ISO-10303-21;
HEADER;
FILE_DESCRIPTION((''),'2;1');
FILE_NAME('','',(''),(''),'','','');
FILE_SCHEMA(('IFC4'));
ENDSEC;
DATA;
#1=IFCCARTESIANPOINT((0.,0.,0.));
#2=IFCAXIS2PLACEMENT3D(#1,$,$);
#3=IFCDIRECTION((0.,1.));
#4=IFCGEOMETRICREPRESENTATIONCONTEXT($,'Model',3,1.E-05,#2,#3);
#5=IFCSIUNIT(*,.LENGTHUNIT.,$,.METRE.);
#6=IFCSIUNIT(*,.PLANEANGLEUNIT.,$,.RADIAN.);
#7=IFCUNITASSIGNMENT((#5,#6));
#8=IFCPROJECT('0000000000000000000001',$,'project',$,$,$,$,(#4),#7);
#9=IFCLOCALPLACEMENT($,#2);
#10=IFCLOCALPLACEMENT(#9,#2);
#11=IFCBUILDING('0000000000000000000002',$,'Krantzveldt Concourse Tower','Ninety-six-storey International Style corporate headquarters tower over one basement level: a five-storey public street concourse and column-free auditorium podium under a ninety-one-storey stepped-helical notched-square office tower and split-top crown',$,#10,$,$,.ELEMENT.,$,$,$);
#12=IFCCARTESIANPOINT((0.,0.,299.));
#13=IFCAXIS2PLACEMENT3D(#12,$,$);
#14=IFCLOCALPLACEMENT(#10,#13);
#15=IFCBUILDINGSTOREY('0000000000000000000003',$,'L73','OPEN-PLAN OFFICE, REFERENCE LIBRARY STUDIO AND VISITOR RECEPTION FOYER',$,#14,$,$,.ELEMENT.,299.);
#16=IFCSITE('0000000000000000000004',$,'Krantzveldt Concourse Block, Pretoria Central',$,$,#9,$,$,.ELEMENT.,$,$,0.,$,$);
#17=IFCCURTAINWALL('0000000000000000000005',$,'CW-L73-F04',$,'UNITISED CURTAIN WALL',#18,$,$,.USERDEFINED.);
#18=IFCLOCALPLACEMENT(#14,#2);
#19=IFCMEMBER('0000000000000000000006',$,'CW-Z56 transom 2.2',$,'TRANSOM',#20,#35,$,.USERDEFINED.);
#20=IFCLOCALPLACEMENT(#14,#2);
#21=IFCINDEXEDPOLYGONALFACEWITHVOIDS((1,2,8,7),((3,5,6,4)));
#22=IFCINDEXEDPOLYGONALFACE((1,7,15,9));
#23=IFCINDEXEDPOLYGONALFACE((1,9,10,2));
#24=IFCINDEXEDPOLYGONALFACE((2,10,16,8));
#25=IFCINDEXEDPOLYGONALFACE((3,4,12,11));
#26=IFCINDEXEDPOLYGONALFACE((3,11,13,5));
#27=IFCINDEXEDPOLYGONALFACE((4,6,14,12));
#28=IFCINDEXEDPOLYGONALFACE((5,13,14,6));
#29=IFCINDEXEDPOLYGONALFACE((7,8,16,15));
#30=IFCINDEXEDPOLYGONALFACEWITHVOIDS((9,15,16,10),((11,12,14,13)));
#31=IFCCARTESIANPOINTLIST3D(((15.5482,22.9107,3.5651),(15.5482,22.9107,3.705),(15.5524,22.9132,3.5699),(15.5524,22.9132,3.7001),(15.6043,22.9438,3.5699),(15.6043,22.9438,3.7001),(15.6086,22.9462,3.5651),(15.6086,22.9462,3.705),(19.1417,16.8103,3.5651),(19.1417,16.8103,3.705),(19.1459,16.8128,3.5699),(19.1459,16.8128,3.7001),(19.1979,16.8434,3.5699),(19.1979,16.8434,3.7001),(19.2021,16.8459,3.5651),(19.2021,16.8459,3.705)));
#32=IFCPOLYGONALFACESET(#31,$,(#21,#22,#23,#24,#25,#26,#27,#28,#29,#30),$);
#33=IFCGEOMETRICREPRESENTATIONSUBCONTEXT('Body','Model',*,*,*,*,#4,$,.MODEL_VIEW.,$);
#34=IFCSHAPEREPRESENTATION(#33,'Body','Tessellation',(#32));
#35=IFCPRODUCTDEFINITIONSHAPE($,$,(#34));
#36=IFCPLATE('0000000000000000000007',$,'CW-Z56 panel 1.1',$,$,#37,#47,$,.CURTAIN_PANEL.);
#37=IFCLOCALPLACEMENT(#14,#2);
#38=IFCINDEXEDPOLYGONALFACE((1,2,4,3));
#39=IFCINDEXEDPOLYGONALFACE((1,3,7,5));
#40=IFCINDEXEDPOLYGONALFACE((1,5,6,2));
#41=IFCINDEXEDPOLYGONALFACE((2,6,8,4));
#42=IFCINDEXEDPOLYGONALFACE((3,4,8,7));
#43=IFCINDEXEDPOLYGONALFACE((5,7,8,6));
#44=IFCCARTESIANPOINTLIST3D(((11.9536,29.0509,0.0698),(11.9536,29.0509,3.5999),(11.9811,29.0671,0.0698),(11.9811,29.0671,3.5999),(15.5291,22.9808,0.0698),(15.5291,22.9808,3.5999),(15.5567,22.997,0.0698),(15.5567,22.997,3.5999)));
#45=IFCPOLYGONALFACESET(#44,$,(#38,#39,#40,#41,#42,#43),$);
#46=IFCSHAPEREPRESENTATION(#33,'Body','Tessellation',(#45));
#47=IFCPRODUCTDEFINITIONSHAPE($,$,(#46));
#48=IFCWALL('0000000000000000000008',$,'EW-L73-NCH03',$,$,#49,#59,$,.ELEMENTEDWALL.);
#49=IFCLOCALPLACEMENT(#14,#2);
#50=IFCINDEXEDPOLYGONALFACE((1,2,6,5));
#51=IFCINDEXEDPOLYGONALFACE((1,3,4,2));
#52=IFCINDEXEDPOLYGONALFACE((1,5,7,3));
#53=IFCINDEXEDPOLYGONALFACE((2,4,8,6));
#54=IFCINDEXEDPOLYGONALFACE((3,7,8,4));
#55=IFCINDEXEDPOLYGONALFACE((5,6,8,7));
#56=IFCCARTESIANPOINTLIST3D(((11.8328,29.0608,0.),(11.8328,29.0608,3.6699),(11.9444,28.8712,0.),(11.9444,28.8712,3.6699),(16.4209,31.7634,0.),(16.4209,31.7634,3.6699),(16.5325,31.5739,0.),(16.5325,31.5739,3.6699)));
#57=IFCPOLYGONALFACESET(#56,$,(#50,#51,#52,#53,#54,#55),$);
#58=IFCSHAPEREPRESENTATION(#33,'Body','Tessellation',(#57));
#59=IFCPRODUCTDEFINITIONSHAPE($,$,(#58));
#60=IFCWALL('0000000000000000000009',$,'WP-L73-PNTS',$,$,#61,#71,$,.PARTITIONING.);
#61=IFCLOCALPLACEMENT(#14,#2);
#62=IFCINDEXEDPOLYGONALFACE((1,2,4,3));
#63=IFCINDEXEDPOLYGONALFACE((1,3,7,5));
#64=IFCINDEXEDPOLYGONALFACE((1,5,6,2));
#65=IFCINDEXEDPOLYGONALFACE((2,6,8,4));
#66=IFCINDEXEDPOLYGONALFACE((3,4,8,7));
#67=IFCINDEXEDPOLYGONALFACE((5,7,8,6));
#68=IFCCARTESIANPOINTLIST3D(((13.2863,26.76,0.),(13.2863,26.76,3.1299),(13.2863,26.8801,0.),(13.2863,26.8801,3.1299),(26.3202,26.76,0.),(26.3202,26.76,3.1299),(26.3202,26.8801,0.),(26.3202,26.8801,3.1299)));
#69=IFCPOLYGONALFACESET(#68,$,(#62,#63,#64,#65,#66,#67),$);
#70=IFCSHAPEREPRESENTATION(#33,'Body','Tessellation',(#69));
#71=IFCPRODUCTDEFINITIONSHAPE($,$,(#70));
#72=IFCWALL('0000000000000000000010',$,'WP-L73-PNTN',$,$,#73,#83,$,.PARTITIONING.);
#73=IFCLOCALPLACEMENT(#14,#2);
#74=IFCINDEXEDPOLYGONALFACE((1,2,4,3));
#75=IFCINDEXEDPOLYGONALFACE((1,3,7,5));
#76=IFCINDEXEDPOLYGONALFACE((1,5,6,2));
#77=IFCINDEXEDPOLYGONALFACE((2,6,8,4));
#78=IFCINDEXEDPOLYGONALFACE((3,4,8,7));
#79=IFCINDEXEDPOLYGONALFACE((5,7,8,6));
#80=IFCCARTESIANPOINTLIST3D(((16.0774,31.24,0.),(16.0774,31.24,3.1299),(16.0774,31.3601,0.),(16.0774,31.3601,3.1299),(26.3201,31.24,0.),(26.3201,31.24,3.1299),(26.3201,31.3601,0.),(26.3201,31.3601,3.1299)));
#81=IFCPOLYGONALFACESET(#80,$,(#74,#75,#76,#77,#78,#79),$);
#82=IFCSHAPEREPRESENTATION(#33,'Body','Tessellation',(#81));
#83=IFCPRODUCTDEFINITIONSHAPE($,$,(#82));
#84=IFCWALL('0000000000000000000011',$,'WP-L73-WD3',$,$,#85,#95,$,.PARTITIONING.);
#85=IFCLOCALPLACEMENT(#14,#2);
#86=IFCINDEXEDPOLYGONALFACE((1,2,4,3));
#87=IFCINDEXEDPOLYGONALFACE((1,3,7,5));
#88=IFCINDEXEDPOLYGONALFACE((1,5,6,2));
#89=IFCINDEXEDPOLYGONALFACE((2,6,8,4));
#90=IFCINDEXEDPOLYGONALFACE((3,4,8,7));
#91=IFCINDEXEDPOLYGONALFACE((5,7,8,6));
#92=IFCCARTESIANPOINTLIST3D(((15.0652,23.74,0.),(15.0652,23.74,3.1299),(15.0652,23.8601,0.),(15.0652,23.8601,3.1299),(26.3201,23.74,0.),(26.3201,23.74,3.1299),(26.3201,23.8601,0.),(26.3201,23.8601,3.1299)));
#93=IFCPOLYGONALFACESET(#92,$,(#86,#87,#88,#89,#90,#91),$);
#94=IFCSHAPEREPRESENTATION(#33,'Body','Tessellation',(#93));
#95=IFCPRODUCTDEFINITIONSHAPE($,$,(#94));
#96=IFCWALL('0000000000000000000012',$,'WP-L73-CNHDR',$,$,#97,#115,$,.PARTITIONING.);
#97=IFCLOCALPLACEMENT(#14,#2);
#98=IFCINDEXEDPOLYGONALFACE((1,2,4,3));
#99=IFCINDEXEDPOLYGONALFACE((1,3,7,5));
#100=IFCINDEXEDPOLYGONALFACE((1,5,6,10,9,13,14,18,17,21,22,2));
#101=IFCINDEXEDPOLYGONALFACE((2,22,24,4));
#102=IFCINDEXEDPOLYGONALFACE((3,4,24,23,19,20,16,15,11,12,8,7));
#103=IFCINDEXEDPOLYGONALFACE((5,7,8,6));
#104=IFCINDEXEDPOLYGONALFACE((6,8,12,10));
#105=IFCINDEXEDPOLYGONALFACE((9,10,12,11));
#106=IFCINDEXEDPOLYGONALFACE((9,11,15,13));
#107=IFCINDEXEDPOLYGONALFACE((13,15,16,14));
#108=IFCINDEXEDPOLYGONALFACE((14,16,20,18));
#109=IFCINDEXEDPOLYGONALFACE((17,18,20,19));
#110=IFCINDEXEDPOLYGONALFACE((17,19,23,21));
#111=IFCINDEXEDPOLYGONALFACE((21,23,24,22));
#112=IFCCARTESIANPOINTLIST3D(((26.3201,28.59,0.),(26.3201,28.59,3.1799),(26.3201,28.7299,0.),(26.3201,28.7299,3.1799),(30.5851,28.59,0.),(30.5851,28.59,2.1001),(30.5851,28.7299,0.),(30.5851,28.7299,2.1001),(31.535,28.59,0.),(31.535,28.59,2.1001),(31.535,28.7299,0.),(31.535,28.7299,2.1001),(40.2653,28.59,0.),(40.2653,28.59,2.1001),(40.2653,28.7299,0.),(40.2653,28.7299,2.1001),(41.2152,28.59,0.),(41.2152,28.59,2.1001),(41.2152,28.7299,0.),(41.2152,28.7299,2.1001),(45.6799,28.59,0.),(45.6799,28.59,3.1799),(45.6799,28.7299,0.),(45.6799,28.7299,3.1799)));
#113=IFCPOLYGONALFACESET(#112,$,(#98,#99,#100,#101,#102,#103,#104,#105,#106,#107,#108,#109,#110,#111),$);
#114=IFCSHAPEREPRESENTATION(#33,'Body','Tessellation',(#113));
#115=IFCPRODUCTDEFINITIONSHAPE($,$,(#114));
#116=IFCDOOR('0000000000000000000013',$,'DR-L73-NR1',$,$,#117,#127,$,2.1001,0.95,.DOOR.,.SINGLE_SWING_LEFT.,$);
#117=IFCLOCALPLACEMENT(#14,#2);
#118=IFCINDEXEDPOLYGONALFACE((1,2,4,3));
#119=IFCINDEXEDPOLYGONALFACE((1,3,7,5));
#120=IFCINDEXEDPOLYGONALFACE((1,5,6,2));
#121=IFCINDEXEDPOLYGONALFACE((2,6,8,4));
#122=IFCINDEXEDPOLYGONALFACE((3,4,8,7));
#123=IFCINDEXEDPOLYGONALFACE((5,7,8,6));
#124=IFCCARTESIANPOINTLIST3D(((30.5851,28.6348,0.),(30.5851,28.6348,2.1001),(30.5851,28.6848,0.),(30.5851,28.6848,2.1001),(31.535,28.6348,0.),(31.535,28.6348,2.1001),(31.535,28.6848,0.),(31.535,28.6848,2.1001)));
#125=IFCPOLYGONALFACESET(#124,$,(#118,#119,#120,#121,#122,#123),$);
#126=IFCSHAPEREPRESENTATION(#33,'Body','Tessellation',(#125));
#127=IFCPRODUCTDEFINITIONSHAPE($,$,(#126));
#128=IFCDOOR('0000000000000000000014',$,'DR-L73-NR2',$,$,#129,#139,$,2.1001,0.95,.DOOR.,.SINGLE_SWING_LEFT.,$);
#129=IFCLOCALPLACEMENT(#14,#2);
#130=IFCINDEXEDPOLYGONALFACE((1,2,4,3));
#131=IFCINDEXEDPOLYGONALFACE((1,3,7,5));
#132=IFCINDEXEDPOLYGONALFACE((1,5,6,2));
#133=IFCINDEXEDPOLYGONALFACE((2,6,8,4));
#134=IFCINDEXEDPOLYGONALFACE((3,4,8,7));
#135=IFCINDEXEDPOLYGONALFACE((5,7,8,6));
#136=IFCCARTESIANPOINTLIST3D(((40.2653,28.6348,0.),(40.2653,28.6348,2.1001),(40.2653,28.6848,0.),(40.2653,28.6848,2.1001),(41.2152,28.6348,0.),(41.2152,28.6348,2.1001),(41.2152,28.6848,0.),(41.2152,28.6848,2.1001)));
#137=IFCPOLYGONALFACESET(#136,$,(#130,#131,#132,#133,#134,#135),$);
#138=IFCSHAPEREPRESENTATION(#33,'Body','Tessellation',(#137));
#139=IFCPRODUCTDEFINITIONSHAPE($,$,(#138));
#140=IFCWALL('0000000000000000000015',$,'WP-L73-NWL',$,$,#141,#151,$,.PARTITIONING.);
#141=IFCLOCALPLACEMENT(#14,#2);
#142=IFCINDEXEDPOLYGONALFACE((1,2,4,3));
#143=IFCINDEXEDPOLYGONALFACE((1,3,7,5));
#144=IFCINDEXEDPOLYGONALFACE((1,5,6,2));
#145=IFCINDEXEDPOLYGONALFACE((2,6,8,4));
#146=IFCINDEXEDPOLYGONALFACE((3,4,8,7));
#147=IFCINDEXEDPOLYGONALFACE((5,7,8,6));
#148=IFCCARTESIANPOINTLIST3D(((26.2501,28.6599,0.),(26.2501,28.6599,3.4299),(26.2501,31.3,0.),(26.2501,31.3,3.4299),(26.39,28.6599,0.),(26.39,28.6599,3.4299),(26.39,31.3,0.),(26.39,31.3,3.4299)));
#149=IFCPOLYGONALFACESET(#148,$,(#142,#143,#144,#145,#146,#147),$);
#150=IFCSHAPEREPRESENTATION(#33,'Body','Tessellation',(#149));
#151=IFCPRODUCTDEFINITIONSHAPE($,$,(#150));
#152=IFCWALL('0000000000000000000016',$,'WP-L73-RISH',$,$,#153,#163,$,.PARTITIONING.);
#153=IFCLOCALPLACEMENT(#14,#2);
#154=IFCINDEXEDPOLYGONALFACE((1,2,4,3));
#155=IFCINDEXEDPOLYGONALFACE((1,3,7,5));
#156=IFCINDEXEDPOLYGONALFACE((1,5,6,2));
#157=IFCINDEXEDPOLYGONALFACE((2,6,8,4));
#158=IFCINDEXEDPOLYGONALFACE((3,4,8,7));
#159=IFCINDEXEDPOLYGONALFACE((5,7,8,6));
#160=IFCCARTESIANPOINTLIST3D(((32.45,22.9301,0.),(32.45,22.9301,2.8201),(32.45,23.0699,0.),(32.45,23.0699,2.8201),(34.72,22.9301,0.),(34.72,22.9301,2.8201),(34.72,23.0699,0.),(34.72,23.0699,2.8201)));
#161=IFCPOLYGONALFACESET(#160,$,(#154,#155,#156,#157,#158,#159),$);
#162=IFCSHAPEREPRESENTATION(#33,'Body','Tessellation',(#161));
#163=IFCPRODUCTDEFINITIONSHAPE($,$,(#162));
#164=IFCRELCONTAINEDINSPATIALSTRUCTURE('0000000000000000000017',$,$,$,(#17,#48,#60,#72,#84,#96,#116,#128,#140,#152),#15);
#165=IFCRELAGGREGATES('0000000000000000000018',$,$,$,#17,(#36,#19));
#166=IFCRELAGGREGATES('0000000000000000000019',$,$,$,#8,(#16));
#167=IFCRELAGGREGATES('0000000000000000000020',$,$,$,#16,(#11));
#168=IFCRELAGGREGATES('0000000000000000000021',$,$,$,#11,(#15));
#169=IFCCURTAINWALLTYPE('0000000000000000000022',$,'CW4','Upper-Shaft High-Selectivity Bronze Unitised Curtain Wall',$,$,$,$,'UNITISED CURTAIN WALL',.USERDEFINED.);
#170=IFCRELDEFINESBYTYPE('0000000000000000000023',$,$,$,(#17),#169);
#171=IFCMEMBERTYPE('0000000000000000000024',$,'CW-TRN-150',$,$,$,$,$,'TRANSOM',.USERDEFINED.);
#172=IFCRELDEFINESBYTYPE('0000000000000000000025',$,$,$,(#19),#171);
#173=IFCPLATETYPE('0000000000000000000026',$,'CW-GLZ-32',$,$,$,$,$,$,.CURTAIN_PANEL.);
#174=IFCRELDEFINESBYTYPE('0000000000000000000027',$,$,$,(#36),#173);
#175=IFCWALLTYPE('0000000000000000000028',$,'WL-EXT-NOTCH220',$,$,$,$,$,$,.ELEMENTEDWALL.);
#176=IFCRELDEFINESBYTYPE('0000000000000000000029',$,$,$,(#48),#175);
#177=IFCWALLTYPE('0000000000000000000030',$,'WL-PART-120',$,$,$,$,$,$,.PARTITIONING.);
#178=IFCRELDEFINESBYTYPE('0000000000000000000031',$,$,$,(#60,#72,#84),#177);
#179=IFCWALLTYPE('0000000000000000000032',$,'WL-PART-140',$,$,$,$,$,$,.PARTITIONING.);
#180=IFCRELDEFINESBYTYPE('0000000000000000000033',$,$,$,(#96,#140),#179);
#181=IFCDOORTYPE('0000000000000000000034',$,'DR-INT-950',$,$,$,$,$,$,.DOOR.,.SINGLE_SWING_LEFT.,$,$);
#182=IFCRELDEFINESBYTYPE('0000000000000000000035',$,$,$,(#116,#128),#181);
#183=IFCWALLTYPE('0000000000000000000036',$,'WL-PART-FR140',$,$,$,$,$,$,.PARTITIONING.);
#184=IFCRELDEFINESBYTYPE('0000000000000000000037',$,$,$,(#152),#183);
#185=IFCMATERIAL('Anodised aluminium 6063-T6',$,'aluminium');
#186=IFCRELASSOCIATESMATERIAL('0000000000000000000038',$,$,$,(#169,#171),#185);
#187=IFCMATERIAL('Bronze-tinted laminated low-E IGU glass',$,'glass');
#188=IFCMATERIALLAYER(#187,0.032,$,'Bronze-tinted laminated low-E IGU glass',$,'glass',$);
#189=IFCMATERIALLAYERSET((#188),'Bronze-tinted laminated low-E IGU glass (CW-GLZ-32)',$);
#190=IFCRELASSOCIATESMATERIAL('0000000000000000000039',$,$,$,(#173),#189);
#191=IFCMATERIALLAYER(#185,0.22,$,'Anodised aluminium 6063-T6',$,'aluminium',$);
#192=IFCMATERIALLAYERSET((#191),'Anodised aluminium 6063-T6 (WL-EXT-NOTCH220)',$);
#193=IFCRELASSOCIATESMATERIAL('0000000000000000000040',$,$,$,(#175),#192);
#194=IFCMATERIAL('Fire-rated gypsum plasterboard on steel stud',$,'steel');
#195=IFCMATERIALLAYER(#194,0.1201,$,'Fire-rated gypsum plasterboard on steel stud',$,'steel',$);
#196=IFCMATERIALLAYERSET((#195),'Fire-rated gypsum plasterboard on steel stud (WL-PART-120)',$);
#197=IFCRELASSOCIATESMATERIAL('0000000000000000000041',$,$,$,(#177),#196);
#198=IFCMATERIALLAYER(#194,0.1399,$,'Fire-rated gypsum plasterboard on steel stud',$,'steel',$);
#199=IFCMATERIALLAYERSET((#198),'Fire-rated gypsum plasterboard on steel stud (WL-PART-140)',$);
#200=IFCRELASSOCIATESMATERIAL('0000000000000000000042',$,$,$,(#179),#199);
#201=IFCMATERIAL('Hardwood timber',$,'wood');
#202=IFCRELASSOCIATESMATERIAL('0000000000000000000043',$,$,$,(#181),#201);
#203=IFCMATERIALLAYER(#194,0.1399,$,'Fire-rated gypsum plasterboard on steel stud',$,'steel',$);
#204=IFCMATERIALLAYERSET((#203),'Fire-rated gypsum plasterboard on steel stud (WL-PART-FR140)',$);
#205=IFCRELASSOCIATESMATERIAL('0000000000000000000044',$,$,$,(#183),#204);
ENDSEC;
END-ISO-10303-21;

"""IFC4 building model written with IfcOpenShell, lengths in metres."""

from ifc_helpers import new_model, si_unit, direction, frame, frame_2d, origin, origin_2d, place, context, subcontext, project, spatial, rectangle, hollow_rectangle, extrude, source, transform, mapped, material, layer, layer_set, material_profile, profile_set, type_object, type_shapes, element, fill, aggregate, save


model = new_model("IFC4")

# Units and contexts
model_context = context("Model", 3, precision=1e-05, world=origin(), true_north=direction((0.0, 1.0)))
body_context = subcontext(model_context, "Body", "Model", "MODEL_VIEW")
ifc_project = project(units=[si_unit("LENGTHUNIT", "METRE"), si_unit("PLANEANGLEUNIT", "RADIAN")], contexts=[model_context])

# Site, building, storey
site_placement = place(None, origin())
site = spatial("IfcSite", under=ifc_project, at=site_placement, Name="Krantzveldt Concourse Block, Pretoria Central", CompositionType="ELEMENT", RefElevation=0.0)
building_placement = place(site_placement, origin())
building = spatial("IfcBuilding", under=site, at=building_placement, Name="Krantzveldt Concourse Tower", Description="Ninety-six-storey International Style corporate headquarters tower over one basement level: a five-storey public street concourse and column-free auditorium podium under a ninety-one-storey stepped-helical notched-square office tower and split-top crown", CompositionType="ELEMENT")
storey_placement = place(building_placement, frame((0.0, 0.0, 299.0)))
storey = spatial("IfcBuildingStorey", under=building, at=storey_placement, Name="L73", Description="OPEN-PLAN OFFICE, REFERENCE LIBRARY STUDIO AND VISITOR RECEPTION FOYER", CompositionType="ELEMENT", Elevation=299.0)

# Curtain wall, member, plate
ifc_material_1 = material(Name="Anodised aluminium 6063-T6", Category="aluminium")
curtain_wall_type = type_object("IfcCurtainWallType", Name="CW4", Description="Upper-Shaft High-Selectivity Bronze Unitised Curtain Wall", ElementType="UNITISED CURTAIN WALL", PredefinedType="USERDEFINED", material=ifc_material_1)
curtain_wall_placement = place(storey_placement, origin())
curtain_wall = element("IfcCurtainWall", 1, at=curtain_wall_placement, inside=storey, type_object=curtain_wall_type, Name="CW-L73-F04", ObjectType="UNITISED CURTAIN WALL", PredefinedType="USERDEFINED")
ifc_material_profile_1 = material_profile(ifc_material_1, hollow_rectangle(XDim=0.0701, YDim=0.1399, WallThickness=0.0049, at=origin_2d()), Name="Anodised aluminium 6063-T6", Category="aluminium")
ifc_profile_set_1 = profile_set([ifc_material_profile_1], Name="Anodised aluminium 6063-T6 - ALU-TRAN 140x70x5")
member_type_1 = type_object("IfcMemberType", Name="CW-TRN-150", ElementType="TRANSOM", PredefinedType="USERDEFINED", material=ifc_profile_set_1)
shared_shape_1 = source(origin(), body_context, "Body", "SweptSolid", [
    extrude(hollow_rectangle(XDim=0.0701, YDim=0.1399, WallThickness=0.0049, at=origin_2d()), origin(), (0.0, 0.0, 1.0), 7.0801),
])
member_1_placement = place(storey_placement, frame((15.5784, 22.9285, 3.635), z_axis=(0.507552, -0.861621, 0.0), x_axis=(0.861621, 0.507552, 0.0)))
member_1 = element("IfcMember", 2, at=member_1_placement, type_object=member_type_1, Name="CW-Z56 transom 2.2", ObjectType="TRANSOM", PredefinedType="USERDEFINED", context=body_context, shape_type="MappedRepresentation", body=[
    mapped(shared_shape_1, transform((0.0, 0.0, 0.0), x_axis=(1.0, 0.0, 0.0), y_axis=(0.0, 1.0, 0.0), z_axis=(0.0, 0.0, 1.0), scale=1.0)),
])
ifc_material_2 = material(Name="Bronze-tinted laminated low-E IGU glass", Category="glass")
ifc_layer_1 = layer(ifc_material_2, 0.032, Name="Bronze-tinted laminated low-E IGU glass", Category="glass")
ifc_layer_set_1 = layer_set([ifc_layer_1], Name="Bronze-tinted laminated low-E IGU glass (CW-GLZ-32)")
plate_type = type_object("IfcPlateType", Name="CW-GLZ-32", PredefinedType="CURTAIN_PANEL", material=ifc_layer_set_1)
shared_shape_2 = source(origin(), body_context, "Body", "SweptSolid", [
    extrude(rectangle(XDim=7.0449, YDim=0.032, at=origin_2d()), origin(), (0.0, 0.0, 1.0), 3.53),
])
type_shapes(plate_type, [shared_shape_2])
plate_placement = place(storey_placement, frame((13.7551, 26.0239, 0.0698), z_axis=(0.0, 0.0, 1.0), x_axis=(0.507538, -0.861629, 0.0)))
plate = element("IfcPlate", 3, at=plate_placement, type_object=plate_type, Name="CW-Z56 panel 1.1", PredefinedType="CURTAIN_PANEL", context=body_context, shape_type="MappedRepresentation", body=[
    mapped(shared_shape_2, transform((0.0, 0.0, 0.0), x_axis=(1.0, 0.0, 0.0), y_axis=(0.0, 1.0, 0.0), z_axis=(0.0, 0.0, 1.0), scale=1.0)),
])
aggregate(curtain_wall, [plate, member_1])

# Walls
ifc_layer_2 = layer(ifc_material_1, 0.22, Name="Anodised aluminium 6063-T6", Category="aluminium")
ifc_layer_set_2 = layer_set([ifc_layer_2], Name="Anodised aluminium 6063-T6 (WL-EXT-NOTCH220)")
wall_type_1 = type_object("IfcWallType", Name="WL-EXT-NOTCH220", PredefinedType="ELEMENTEDWALL", material=ifc_layer_set_2)
wall_1_placement = place(storey_placement, frame((16.4768, 31.6687, 0.0), z_axis=(0.0, 0.0, 1.0), x_axis=(-0.861628, -0.507541, 0.0)))
element("IfcWall", 4, at=wall_1_placement, inside=storey, type_object=wall_type_1, Name="EW-L73-NCH03", PredefinedType="ELEMENTEDWALL", context=body_context, shape_type="SweptSolid", body=[
    extrude(rectangle(XDim=5.325, YDim=0.22, at=frame_2d((2.6626, 0.0))), origin(), (0.0, 0.0, 1.0), 3.6699),
])
ifc_material_3 = material(Name="Fire-rated gypsum plasterboard on steel stud", Category="steel")
ifc_layer_3 = layer(ifc_material_3, 0.1201, Name="Fire-rated gypsum plasterboard on steel stud", Category="steel")
ifc_layer_set_3 = layer_set([ifc_layer_3], Name="Fire-rated gypsum plasterboard on steel stud (WL-PART-120)")
wall_type_2 = type_object("IfcWallType", Name="WL-PART-120", PredefinedType="PARTITIONING", material=ifc_layer_set_3)
wall_2_placement = place(storey_placement, frame((13.2861, 26.8201, 0.0), z_axis=(0.0, 0.0, 1.0), x_axis=(1.0, 0.0, 0.0)))
element("IfcWall", 5, at=wall_2_placement, inside=storey, type_object=wall_type_2, Name="WP-L73-PNTS", PredefinedType="PARTITIONING", context=body_context, shape_type="SweptSolid", body=[
    extrude(rectangle(XDim=13.0339, YDim=0.1201, at=frame_2d((6.5171, 0.0))), origin(), (0.0, 0.0, 1.0), 3.1299),
])
wall_3_placement = place(storey_placement, frame((16.0774, 31.3, 0.0), z_axis=(0.0, 0.0, 1.0), x_axis=(1.0, 0.0, 0.0)))
element("IfcWall", 6, at=wall_3_placement, inside=storey, type_object=wall_type_2, Name="WP-L73-PNTN", PredefinedType="PARTITIONING", context=body_context, shape_type="SweptSolid", body=[
    extrude(rectangle(XDim=10.2427, YDim=0.1201, at=frame_2d((5.1213, 0.0))), origin(), (0.0, 0.0, 1.0), 3.1299),
])
wall_4_placement = place(storey_placement, frame((15.0652, 23.8, 0.0), z_axis=(0.0, 0.0, 1.0), x_axis=(1.0, 0.0, 0.0)))
element("IfcWall", 7, at=wall_4_placement, inside=storey, type_object=wall_type_2, Name="WP-L73-WD3", PredefinedType="PARTITIONING", context=body_context, shape_type="SweptSolid", body=[
    extrude(rectangle(XDim=11.2549, YDim=0.1201, at=frame_2d((5.6274, 0.0))), origin(), (0.0, 0.0, 1.0), 3.1299),
])

# Wall, openings, doors
ifc_layer_4 = layer(ifc_material_3, 0.1399, Name="Fire-rated gypsum plasterboard on steel stud", Category="steel")
ifc_layer_set_4 = layer_set([ifc_layer_4], Name="Fire-rated gypsum plasterboard on steel stud (WL-PART-140)")
wall_type_3 = type_object("IfcWallType", Name="WL-PART-140", PredefinedType="PARTITIONING", material=ifc_layer_set_4)
wall_5_placement = place(storey_placement, frame((26.3201, 28.6599, 0.0), z_axis=(0.0, 0.0, 1.0), x_axis=(1.0, 0.0, 0.0)))
wall_5 = element("IfcWall", 8, at=wall_5_placement, inside=storey, type_object=wall_type_3, Name="WP-L73-CNHDR", PredefinedType="PARTITIONING", context=body_context, shape_type="SweptSolid", body=[
    extrude(rectangle(XDim=19.3599, YDim=0.1399, at=frame_2d((9.6799, 0.0))), origin(), (0.0, 0.0, 1.0), 3.1799),
])
opening_1_placement = place(wall_5_placement, frame((4.2649, 0.0, 0.0)))
opening_1 = element("IfcOpeningElement", 9, at=opening_1_placement, cuts=wall_5, PredefinedType="OPENING", context=body_context, shape_type="SweptSolid", body=[
    extrude(rectangle(XDim=0.95, YDim=2.1001, at=frame_2d((0.4751, 1.05))), frame((0.0, 0.0801, 0.0), z_axis=(0.0, -1.0, 0.0), x_axis=(1.0, 0.0, 0.0)), (0.0, 0.0, 1.0), 0.1599),
])
opening_2_placement = place(wall_5_placement, frame((13.9451, 0.0, 0.0)))
opening_2 = element("IfcOpeningElement", 10, at=opening_2_placement, cuts=wall_5, PredefinedType="OPENING", context=body_context, shape_type="SweptSolid", body=[
    extrude(rectangle(XDim=0.95, YDim=2.1001, at=frame_2d((0.4751, 1.05))), frame((0.0, 0.0801, 0.0), z_axis=(0.0, -1.0, 0.0), x_axis=(1.0, 0.0, 0.0)), (0.0, 0.0, 1.0), 0.1599),
])
ifc_material_4 = material(Name="Hardwood timber", Category="wood")
door_type_1 = type_object("IfcDoorType", Name="DR-INT-950", OperationType="SINGLE_SWING_LEFT", PredefinedType="DOOR", material=ifc_material_4)
door_1_placement = place(opening_1_placement, origin())
door_1 = element("IfcDoor", 11, at=door_1_placement, inside=storey, type_object=door_type_1, Name="DR-L73-NR1", OperationType="SINGLE_SWING_LEFT", OverallHeight=2.1001, OverallWidth=0.95, PredefinedType="DOOR", context=body_context, shape_type="SweptSolid", body=[
    extrude(rectangle(XDim=0.95, YDim=2.1001, at=frame_2d((0.4751, 1.05))), frame((0.0, 0.0249, 0.0), z_axis=(0.0, -1.0, 0.0), x_axis=(1.0, 0.0, 0.0)), (0.0, 0.0, 1.0), 0.05),
])
fill(opening_1, door_1)
door_2_placement = place(opening_2_placement, origin())
door_2 = element("IfcDoor", 12, at=door_2_placement, inside=storey, type_object=door_type_1, Name="DR-L73-NR2", OperationType="SINGLE_SWING_LEFT", OverallHeight=2.1001, OverallWidth=0.95, PredefinedType="DOOR", context=body_context, shape_type="SweptSolid", body=[
    extrude(rectangle(XDim=0.95, YDim=2.1001, at=frame_2d((0.4751, 1.05))), frame((0.0, 0.0249, 0.0), z_axis=(0.0, -1.0, 0.0), x_axis=(1.0, 0.0, 0.0)), (0.0, 0.0, 1.0), 0.05),
])
fill(opening_2, door_2)

# Walls
wall_6_placement = place(storey_placement, frame((26.3201, 28.6599, 0.0), z_axis=(0.0, 0.0, 1.0), x_axis=(0.0, 1.0, 0.0)))
element("IfcWall", 13, at=wall_6_placement, inside=storey, type_object=wall_type_3, Name="WP-L73-NWL", PredefinedType="PARTITIONING", context=body_context, shape_type="SweptSolid", body=[
    extrude(rectangle(XDim=2.6401, YDim=0.1399, at=frame_2d((1.3201, 0.0))), origin(), (0.0, 0.0, 1.0), 3.4299),
])
ifc_layer_5 = layer(ifc_material_3, 0.1399, Name="Fire-rated gypsum plasterboard on steel stud", Category="steel")
ifc_layer_set_5 = layer_set([ifc_layer_5], Name="Fire-rated gypsum plasterboard on steel stud (WL-PART-FR140)")
wall_type_4 = type_object("IfcWallType", Name="WL-PART-FR140", PredefinedType="PARTITIONING", material=ifc_layer_set_5)
wall_7_placement = place(storey_placement, frame((32.45, 23.0, 0.0), z_axis=(0.0, 0.0, 1.0), x_axis=(1.0, 0.0, 0.0)))
element("IfcWall", 14, at=wall_7_placement, inside=storey, type_object=wall_type_4, Name="WP-L73-RISH", PredefinedType="PARTITIONING", context=body_context, shape_type="SweptSolid", body=[
    extrude(rectangle(XDim=2.27, YDim=0.1399, at=frame_2d((1.135, 0.0))), origin(), (0.0, 0.0, 1.0), 2.8201),
])

save(model, "model.ifc")
